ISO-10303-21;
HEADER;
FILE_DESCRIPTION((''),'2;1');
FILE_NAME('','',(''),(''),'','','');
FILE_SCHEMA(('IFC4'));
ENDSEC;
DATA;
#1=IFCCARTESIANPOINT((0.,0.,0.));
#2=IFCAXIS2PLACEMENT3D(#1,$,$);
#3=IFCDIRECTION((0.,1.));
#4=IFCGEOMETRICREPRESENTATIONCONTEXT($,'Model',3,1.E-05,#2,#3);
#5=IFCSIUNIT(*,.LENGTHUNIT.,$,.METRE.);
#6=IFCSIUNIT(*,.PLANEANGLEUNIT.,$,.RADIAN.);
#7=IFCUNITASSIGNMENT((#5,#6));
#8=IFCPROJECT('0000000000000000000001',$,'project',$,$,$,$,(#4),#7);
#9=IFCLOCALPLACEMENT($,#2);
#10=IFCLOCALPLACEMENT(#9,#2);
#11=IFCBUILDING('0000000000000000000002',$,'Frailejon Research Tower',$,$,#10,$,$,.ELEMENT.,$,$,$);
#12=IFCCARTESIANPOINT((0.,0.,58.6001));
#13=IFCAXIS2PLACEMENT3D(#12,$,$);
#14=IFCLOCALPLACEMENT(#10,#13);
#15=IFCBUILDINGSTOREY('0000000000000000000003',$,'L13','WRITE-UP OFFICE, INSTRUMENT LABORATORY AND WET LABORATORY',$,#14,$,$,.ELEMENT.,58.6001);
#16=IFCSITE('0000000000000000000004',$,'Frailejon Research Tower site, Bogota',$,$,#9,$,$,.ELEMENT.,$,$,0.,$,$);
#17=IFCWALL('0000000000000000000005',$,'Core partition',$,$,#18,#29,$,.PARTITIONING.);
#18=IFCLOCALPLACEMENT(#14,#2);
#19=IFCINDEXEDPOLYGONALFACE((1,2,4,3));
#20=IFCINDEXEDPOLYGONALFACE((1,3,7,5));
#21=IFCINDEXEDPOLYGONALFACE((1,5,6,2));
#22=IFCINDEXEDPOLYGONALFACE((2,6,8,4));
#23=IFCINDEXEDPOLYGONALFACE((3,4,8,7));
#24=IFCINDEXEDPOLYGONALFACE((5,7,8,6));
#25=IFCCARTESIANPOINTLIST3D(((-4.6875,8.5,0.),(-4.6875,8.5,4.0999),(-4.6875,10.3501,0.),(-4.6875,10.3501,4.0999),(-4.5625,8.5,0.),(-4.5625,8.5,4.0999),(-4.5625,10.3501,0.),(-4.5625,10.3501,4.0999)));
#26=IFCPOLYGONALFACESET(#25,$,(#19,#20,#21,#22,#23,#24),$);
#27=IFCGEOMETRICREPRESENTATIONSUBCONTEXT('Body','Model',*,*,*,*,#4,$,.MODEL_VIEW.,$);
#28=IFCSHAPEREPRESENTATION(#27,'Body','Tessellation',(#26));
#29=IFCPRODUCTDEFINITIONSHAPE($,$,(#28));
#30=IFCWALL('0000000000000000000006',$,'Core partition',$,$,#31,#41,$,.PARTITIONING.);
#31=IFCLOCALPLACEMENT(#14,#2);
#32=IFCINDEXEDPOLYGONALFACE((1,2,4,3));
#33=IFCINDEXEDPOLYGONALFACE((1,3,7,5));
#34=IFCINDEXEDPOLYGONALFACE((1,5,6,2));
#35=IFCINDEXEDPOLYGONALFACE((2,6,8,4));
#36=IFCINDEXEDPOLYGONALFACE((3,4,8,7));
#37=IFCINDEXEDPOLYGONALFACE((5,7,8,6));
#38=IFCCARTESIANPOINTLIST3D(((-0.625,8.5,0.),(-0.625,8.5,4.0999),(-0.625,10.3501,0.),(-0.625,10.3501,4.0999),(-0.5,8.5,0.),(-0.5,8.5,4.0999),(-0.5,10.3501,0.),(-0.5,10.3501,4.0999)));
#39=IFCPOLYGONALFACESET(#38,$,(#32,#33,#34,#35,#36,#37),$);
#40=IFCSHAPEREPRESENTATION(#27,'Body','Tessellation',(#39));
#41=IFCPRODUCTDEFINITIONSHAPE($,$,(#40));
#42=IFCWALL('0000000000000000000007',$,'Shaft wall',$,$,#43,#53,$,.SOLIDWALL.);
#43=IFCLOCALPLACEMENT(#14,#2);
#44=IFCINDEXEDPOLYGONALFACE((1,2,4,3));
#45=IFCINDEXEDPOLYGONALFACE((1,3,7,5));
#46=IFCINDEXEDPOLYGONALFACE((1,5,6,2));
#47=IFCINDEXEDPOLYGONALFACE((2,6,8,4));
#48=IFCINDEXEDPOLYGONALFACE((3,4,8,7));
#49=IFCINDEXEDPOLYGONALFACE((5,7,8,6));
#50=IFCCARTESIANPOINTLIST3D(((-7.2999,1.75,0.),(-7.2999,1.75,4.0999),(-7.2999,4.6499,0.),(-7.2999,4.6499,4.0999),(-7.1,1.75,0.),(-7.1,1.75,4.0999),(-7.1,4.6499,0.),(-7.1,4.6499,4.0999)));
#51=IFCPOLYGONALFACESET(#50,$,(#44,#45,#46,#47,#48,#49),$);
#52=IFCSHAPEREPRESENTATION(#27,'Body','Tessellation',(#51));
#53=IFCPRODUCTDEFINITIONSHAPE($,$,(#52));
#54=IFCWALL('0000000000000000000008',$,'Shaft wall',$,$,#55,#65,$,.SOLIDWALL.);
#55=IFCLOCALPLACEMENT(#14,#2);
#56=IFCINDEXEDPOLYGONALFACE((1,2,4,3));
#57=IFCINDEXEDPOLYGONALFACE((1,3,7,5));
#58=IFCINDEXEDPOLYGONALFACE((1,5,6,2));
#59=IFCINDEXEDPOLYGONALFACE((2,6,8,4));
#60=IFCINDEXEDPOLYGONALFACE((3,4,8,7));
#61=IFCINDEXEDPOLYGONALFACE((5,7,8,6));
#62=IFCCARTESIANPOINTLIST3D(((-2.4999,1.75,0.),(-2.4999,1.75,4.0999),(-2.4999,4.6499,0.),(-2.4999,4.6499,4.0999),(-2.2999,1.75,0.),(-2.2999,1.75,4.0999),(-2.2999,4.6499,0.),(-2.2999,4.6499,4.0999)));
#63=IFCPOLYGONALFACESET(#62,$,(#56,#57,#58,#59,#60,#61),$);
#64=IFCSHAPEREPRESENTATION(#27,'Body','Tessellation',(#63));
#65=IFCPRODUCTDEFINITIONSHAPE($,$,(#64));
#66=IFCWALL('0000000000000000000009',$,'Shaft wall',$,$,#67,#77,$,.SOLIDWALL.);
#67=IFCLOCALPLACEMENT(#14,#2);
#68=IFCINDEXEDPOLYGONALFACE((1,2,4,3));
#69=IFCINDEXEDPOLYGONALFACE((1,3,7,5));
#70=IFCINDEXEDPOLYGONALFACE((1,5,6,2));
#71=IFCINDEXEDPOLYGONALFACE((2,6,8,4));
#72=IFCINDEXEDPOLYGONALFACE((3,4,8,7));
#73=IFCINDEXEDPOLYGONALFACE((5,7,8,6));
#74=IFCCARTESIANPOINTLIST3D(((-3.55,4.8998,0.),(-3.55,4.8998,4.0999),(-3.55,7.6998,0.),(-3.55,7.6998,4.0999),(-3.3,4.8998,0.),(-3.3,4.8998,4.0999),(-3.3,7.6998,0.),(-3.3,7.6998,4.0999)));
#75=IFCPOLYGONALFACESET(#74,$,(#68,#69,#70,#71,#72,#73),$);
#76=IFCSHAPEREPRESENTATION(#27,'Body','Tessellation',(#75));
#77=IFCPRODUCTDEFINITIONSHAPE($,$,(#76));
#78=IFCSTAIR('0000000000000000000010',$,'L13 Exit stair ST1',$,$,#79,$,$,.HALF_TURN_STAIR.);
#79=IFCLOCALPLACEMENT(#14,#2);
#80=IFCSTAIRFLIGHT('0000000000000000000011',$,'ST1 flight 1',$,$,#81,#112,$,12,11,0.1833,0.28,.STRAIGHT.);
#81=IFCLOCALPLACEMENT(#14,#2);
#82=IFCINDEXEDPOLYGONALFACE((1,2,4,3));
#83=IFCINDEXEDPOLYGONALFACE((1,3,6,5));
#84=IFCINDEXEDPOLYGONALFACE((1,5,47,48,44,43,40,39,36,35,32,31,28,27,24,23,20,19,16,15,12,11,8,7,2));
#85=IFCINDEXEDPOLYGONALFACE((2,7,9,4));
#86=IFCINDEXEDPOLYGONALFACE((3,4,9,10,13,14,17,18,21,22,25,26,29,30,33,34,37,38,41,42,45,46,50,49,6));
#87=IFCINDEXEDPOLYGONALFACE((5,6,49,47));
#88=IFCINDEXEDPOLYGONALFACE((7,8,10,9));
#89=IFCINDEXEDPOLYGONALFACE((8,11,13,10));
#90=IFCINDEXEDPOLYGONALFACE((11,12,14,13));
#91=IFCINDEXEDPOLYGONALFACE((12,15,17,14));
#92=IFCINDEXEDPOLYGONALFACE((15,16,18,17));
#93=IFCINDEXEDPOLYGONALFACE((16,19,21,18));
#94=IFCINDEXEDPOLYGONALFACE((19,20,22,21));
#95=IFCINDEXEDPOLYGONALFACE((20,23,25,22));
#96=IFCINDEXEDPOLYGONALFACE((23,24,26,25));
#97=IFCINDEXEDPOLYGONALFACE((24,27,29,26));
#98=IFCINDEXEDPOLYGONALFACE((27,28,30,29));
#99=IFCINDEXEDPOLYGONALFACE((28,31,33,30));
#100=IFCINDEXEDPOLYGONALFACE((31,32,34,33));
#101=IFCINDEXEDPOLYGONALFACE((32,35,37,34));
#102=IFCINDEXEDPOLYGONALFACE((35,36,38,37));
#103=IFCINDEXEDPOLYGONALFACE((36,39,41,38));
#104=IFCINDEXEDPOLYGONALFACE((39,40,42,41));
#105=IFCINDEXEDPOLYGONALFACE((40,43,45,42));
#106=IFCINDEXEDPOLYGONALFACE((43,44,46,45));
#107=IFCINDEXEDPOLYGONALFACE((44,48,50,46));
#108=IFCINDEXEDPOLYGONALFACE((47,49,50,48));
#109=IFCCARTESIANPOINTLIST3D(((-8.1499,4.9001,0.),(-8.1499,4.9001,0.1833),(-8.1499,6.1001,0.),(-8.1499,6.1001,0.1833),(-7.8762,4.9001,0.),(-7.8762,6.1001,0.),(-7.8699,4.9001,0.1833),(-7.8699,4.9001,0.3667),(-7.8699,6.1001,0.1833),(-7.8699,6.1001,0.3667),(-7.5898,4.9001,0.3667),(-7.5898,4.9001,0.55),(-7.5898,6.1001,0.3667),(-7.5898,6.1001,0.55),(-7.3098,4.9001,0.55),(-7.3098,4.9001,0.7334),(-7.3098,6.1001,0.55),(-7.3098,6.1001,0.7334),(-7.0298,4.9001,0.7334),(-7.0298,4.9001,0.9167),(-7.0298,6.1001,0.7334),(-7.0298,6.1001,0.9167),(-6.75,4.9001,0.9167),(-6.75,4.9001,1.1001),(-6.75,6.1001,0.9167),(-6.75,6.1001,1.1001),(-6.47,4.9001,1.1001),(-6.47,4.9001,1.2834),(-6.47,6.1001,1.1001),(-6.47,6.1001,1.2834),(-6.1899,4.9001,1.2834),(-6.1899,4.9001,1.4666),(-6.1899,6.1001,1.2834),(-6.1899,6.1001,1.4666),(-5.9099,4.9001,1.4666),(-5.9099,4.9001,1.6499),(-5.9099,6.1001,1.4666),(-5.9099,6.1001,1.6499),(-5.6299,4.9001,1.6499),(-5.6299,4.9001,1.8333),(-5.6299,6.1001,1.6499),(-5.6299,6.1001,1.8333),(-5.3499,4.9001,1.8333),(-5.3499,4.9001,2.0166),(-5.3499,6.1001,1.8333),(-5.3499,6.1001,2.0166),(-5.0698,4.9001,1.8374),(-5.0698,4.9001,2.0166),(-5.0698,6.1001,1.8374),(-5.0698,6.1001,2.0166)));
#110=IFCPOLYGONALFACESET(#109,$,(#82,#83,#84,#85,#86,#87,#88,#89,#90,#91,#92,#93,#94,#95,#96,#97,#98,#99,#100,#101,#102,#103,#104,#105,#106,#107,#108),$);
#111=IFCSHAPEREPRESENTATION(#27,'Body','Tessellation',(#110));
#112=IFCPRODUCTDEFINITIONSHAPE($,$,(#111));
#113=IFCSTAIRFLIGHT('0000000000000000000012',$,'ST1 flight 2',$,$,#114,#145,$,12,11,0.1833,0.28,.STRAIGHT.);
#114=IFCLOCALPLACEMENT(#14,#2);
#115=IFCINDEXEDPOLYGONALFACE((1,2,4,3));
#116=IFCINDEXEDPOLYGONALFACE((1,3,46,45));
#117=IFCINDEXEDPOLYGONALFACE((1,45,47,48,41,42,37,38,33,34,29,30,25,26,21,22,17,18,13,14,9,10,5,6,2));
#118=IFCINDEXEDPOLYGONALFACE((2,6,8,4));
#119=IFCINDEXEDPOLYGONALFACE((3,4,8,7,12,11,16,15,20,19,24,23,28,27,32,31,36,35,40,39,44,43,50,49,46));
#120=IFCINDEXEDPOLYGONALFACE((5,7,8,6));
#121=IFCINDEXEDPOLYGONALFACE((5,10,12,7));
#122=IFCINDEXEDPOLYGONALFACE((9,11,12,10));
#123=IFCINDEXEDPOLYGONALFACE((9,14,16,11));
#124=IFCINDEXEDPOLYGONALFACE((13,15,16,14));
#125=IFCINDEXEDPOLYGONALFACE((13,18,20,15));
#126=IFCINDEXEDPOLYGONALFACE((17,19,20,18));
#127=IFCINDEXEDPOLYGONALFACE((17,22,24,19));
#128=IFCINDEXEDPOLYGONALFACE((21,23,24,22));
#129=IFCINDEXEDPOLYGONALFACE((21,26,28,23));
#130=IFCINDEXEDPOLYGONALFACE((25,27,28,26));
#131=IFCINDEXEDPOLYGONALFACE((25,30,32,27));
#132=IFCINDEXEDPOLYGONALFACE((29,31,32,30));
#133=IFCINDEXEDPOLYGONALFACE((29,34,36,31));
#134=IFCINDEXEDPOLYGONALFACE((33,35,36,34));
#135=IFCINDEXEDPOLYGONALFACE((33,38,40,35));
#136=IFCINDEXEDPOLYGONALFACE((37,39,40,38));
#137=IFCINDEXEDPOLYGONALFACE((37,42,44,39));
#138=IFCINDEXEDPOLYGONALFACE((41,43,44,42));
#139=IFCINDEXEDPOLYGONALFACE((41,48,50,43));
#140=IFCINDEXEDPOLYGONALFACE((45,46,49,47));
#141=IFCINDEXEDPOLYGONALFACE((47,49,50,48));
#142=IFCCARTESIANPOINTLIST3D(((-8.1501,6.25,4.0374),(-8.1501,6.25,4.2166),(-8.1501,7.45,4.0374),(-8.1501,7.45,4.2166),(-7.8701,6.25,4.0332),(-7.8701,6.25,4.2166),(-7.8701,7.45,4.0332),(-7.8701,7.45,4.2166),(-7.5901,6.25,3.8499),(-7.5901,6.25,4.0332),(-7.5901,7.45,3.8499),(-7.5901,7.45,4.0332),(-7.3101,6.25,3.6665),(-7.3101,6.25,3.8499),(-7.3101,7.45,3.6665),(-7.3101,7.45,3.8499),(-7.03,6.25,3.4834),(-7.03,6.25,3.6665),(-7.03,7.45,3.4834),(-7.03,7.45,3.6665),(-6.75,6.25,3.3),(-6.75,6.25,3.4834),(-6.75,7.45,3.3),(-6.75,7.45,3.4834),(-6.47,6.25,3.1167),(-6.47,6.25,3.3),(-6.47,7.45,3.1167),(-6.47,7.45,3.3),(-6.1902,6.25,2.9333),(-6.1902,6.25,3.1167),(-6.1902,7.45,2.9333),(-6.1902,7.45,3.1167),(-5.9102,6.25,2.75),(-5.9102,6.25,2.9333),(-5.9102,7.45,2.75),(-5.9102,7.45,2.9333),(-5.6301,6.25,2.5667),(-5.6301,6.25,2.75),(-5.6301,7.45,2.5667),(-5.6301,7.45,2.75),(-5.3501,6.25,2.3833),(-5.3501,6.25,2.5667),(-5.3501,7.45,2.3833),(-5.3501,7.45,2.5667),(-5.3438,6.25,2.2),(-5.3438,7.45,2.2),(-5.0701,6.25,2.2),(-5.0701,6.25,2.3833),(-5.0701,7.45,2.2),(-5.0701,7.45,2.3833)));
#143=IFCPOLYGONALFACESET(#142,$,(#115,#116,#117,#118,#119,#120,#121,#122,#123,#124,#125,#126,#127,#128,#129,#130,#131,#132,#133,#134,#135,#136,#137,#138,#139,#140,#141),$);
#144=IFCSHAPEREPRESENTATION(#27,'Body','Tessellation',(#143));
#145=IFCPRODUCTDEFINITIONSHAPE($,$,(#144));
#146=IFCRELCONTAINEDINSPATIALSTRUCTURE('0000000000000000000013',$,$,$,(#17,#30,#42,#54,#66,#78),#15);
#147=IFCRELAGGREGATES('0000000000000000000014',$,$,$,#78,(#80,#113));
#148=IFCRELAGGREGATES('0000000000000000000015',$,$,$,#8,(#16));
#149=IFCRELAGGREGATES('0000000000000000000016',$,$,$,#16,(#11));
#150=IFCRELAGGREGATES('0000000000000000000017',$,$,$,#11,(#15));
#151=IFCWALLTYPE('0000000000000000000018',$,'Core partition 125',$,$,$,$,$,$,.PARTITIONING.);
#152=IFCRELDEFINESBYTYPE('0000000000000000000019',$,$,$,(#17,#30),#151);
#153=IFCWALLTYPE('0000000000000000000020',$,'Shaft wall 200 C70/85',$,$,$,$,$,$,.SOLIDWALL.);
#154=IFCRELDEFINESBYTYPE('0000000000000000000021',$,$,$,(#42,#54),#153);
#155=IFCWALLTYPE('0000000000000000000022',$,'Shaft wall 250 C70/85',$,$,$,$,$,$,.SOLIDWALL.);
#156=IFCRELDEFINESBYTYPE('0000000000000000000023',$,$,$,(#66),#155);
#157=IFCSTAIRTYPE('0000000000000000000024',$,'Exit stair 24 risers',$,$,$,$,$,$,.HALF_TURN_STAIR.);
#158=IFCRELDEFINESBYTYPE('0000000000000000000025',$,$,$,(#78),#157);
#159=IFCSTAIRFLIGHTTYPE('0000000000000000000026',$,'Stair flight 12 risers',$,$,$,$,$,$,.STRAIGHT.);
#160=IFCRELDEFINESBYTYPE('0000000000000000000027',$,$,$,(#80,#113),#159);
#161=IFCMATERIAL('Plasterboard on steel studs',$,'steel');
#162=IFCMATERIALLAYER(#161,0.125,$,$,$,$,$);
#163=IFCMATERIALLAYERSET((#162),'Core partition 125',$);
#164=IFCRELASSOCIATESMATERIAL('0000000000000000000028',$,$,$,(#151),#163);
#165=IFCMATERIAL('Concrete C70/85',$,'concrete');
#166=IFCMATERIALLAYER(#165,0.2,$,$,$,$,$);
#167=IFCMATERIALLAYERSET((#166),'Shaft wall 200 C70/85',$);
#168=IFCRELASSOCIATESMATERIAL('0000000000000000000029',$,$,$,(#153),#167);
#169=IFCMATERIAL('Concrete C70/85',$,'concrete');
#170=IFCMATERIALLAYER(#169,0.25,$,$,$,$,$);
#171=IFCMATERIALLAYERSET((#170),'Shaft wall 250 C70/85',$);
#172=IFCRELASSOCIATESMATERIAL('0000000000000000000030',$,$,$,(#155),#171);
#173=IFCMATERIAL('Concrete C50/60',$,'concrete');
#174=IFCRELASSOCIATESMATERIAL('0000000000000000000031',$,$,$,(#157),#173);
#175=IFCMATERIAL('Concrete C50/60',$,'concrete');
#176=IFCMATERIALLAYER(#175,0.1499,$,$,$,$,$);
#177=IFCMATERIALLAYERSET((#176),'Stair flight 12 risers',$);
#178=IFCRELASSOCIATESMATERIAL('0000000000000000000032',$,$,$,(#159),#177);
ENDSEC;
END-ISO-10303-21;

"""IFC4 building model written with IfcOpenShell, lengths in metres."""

from ifc_helpers import new_model, si_unit, direction, frame, frame_2d, origin, place, context, subcontext, project, spatial, polyline, rectangle, outline, extrude, material, layer, layer_set, type_object, element, aggregate, save


model = new_model("IFC4")

# Units and contexts
model_context = context("Model", 3, precision=1e-05, world=origin(), true_north=direction((0.0, 1.0)))
body_context = subcontext(model_context, "Body", "Model", "MODEL_VIEW")
ifc_project = project(units=[si_unit("LENGTHUNIT", "METRE"), si_unit("PLANEANGLEUNIT", "RADIAN")], contexts=[model_context])

# Site, building, storey
site_placement = place(None, origin())
site = spatial("IfcSite", under=ifc_project, at=site_placement, Name="Frailejon Research Tower site, Bogota", CompositionType="ELEMENT", RefElevation=0.0)
building_placement = place(site_placement, origin())
building = spatial("IfcBuilding", under=site, at=building_placement, Name="Frailejon Research Tower", CompositionType="ELEMENT")
storey_placement = place(building_placement, frame((0.0, 0.0, 58.6001)))
storey = spatial("IfcBuildingStorey", under=building, at=storey_placement, Name="L13", Description="WRITE-UP OFFICE, INSTRUMENT LABORATORY AND WET LABORATORY", CompositionType="ELEMENT", Elevation=58.6001)

# Walls
ifc_material_1 = material(Name="Plasterboard on steel studs", Category="steel")
ifc_layer_1 = layer(ifc_material_1, 0.125)
ifc_layer_set_1 = layer_set([ifc_layer_1], Name="Core partition 125")
wall_type_1 = type_object("IfcWallType", Name="Core partition 125", PredefinedType="PARTITIONING", material=ifc_layer_set_1)
for number, where, z_axis, x_axis, name in (
    (1, (-4.625, 8.5, 0.0), (0.0, 0.0, 1.0), (0.0, 1.0, 0.0), "Core partition"),
    (2, (-0.5625, 8.5, 0.0), (0.0, 0.0, 1.0), (0.0, 1.0, 0.0), "Core partition"),
):
    element("IfcWall", number, at=place(storey_placement, frame(where, z_axis=z_axis, x_axis=x_axis)), inside=storey, type_object=wall_type_1, Name=name, PredefinedType="PARTITIONING", context=body_context, shape_type="SweptSolid", body=[
        extrude(rectangle(XDim=1.8501, YDim=0.125, at=frame_2d((0.925, 0.0))), origin(), (0.0, 0.0, 1.0), 4.0999),
    ])
ifc_material_2 = material(Name="Concrete C70/85", Category="concrete")
ifc_layer_2 = layer(ifc_material_2, 0.2)
ifc_layer_set_2 = layer_set([ifc_layer_2], Name="Shaft wall 200 C70/85")
wall_type_2 = type_object("IfcWallType", Name="Shaft wall 200 C70/85", PredefinedType="SOLIDWALL", material=ifc_layer_set_2)
for number, where, z_axis, x_axis, name in (
    (3, (-7.2, 1.75, 0.0), (0.0, 0.0, 1.0), (0.0, 1.0, 0.0), "Shaft wall"),
    (4, (-2.3999, 1.75, 0.0), (0.0, 0.0, 1.0), (0.0, 1.0, 0.0), "Shaft wall"),
):
    element("IfcWall", number, at=place(storey_placement, frame(where, z_axis=z_axis, x_axis=x_axis)), inside=storey, type_object=wall_type_2, Name=name, PredefinedType="SOLIDWALL", context=body_context, shape_type="SweptSolid", body=[
        extrude(rectangle(XDim=2.8999, YDim=0.2, at=frame_2d((1.45, 0.0))), origin(), (0.0, 0.0, 1.0), 4.0999),
    ])
ifc_material_3 = material(Name="Concrete C70/85", Category="concrete")
ifc_layer_3 = layer(ifc_material_3, 0.25)
ifc_layer_set_3 = layer_set([ifc_layer_3], Name="Shaft wall 250 C70/85")
wall_type_3 = type_object("IfcWallType", Name="Shaft wall 250 C70/85", PredefinedType="SOLIDWALL", material=ifc_layer_set_3)
wall_placement = place(storey_placement, frame((-3.425, 4.8999, 0.0), z_axis=(0.0, 0.0, 1.0), x_axis=(0.0, 1.0, 0.0)))
element("IfcWall", 5, at=wall_placement, inside=storey, type_object=wall_type_3, Name="Shaft wall", PredefinedType="SOLIDWALL", context=body_context, shape_type="SweptSolid", body=[
    extrude(rectangle(XDim=2.8, YDim=0.25, at=frame_2d((1.3999, 0.0))), origin(), (0.0, 0.0, 1.0), 4.0999),
])

# Stair, stair flights
ifc_material_4 = material(Name="Concrete C50/60", Category="concrete")
stair_type = type_object("IfcStairType", Name="Exit stair 24 risers", PredefinedType="HALF_TURN_STAIR", material=ifc_material_4)
stair_placement = place(storey_placement, origin())
stair = element("IfcStair", 6, at=stair_placement, inside=storey, type_object=stair_type, Name="L13 Exit stair ST1", PredefinedType="HALF_TURN_STAIR")
ifc_material_5 = material(Name="Concrete C50/60", Category="concrete")
ifc_layer_4 = layer(ifc_material_5, 0.1499)
ifc_layer_set_4 = layer_set([ifc_layer_4], Name="Stair flight 12 risers")
stair_flight_type = type_object("IfcStairFlightType", Name="Stair flight 12 risers", PredefinedType="STRAIGHT", material=ifc_layer_set_4)
stair_flight_1_placement = place(storey_placement, frame((-8.1499, 5.5, 0.0), z_axis=(0.0, 0.0, 1.0), x_axis=(1.0, 0.0, 0.0)))
stair_flight_1 = element("IfcStairFlight", 7, at=stair_flight_1_placement, type_object=stair_flight_type, Name="ST1 flight 1", NumberOfRisers=12, NumberOfTreads=11, PredefinedType="STRAIGHT", RiserHeight=0.1833, TreadLength=0.28, context=body_context, shape_type="SweptSolid", body=[
    extrude(outline(polyline([(0.0, 0.0), (0.0, 0.1833), (0.28, 0.1833), (0.28, 0.3667), (0.5601, 0.3667), (0.5601, 0.55), (0.8401, 0.55), (0.8401, 0.7334), (1.1201, 0.7334), (1.1201, 0.9167), (1.3999, 0.9167), (1.3999, 1.1001), (1.6799, 1.1001), (1.6799, 1.2834), (1.96, 1.2834), (1.96, 1.4666), (2.24, 1.4666), (2.24, 1.6499), (2.52, 1.6499), (2.52, 1.8333), (2.8, 1.8333), (2.8, 2.0166), (3.0801, 2.0166), (3.0801, 2.2), (3.0801, 1.8374), (0.2737, 0.0), (0.0, 0.0)])), frame((0.0, 0.6001, 0.0), z_axis=(0.0, -1.0, 0.0), x_axis=(1.0, 0.0, 0.0)), (0.0, 0.0, 1.0), 1.2),
])
stair_flight_2_placement = place(storey_placement, frame((-5.0701, 6.8501, 2.2), z_axis=(0.0, 0.0, 1.0), x_axis=(-1.0, 0.0, 0.0)))
stair_flight_2 = element("IfcStairFlight", 8, at=stair_flight_2_placement, type_object=stair_flight_type, Name="ST1 flight 2", NumberOfRisers=12, NumberOfTreads=11, PredefinedType="STRAIGHT", RiserHeight=0.1833, TreadLength=0.28, context=body_context, shape_type="SweptSolid", body=[
    extrude(outline(polyline([(0.0, 0.0), (0.0, 0.1833), (0.28, 0.1833), (0.28, 0.3667), (0.5601, 0.3667), (0.5601, 0.55), (0.8401, 0.55), (0.8401, 0.7334), (1.1201, 0.7334), (1.1201, 0.9167), (1.3999, 0.9167), (1.3999, 1.1001), (1.6799, 1.1001), (1.6799, 1.2834), (1.96, 1.2834), (1.96, 1.4666), (2.24, 1.4666), (2.24, 1.6499), (2.52, 1.6499), (2.52, 1.8333), (2.8, 1.8333), (2.8, 2.0166), (3.0801, 2.0166), (3.0801, 2.2), (3.0801, 1.8374), (0.2737, 0.0), (0.0, 0.0)])), frame((0.0, 0.6001, 0.0), z_axis=(0.0, -1.0, 0.0), x_axis=(1.0, 0.0, 0.0)), (0.0, 0.0, 1.0), 1.2),
])
aggregate(stair, [stair_flight_1, stair_flight_2])

save(model, "model.ifc")
